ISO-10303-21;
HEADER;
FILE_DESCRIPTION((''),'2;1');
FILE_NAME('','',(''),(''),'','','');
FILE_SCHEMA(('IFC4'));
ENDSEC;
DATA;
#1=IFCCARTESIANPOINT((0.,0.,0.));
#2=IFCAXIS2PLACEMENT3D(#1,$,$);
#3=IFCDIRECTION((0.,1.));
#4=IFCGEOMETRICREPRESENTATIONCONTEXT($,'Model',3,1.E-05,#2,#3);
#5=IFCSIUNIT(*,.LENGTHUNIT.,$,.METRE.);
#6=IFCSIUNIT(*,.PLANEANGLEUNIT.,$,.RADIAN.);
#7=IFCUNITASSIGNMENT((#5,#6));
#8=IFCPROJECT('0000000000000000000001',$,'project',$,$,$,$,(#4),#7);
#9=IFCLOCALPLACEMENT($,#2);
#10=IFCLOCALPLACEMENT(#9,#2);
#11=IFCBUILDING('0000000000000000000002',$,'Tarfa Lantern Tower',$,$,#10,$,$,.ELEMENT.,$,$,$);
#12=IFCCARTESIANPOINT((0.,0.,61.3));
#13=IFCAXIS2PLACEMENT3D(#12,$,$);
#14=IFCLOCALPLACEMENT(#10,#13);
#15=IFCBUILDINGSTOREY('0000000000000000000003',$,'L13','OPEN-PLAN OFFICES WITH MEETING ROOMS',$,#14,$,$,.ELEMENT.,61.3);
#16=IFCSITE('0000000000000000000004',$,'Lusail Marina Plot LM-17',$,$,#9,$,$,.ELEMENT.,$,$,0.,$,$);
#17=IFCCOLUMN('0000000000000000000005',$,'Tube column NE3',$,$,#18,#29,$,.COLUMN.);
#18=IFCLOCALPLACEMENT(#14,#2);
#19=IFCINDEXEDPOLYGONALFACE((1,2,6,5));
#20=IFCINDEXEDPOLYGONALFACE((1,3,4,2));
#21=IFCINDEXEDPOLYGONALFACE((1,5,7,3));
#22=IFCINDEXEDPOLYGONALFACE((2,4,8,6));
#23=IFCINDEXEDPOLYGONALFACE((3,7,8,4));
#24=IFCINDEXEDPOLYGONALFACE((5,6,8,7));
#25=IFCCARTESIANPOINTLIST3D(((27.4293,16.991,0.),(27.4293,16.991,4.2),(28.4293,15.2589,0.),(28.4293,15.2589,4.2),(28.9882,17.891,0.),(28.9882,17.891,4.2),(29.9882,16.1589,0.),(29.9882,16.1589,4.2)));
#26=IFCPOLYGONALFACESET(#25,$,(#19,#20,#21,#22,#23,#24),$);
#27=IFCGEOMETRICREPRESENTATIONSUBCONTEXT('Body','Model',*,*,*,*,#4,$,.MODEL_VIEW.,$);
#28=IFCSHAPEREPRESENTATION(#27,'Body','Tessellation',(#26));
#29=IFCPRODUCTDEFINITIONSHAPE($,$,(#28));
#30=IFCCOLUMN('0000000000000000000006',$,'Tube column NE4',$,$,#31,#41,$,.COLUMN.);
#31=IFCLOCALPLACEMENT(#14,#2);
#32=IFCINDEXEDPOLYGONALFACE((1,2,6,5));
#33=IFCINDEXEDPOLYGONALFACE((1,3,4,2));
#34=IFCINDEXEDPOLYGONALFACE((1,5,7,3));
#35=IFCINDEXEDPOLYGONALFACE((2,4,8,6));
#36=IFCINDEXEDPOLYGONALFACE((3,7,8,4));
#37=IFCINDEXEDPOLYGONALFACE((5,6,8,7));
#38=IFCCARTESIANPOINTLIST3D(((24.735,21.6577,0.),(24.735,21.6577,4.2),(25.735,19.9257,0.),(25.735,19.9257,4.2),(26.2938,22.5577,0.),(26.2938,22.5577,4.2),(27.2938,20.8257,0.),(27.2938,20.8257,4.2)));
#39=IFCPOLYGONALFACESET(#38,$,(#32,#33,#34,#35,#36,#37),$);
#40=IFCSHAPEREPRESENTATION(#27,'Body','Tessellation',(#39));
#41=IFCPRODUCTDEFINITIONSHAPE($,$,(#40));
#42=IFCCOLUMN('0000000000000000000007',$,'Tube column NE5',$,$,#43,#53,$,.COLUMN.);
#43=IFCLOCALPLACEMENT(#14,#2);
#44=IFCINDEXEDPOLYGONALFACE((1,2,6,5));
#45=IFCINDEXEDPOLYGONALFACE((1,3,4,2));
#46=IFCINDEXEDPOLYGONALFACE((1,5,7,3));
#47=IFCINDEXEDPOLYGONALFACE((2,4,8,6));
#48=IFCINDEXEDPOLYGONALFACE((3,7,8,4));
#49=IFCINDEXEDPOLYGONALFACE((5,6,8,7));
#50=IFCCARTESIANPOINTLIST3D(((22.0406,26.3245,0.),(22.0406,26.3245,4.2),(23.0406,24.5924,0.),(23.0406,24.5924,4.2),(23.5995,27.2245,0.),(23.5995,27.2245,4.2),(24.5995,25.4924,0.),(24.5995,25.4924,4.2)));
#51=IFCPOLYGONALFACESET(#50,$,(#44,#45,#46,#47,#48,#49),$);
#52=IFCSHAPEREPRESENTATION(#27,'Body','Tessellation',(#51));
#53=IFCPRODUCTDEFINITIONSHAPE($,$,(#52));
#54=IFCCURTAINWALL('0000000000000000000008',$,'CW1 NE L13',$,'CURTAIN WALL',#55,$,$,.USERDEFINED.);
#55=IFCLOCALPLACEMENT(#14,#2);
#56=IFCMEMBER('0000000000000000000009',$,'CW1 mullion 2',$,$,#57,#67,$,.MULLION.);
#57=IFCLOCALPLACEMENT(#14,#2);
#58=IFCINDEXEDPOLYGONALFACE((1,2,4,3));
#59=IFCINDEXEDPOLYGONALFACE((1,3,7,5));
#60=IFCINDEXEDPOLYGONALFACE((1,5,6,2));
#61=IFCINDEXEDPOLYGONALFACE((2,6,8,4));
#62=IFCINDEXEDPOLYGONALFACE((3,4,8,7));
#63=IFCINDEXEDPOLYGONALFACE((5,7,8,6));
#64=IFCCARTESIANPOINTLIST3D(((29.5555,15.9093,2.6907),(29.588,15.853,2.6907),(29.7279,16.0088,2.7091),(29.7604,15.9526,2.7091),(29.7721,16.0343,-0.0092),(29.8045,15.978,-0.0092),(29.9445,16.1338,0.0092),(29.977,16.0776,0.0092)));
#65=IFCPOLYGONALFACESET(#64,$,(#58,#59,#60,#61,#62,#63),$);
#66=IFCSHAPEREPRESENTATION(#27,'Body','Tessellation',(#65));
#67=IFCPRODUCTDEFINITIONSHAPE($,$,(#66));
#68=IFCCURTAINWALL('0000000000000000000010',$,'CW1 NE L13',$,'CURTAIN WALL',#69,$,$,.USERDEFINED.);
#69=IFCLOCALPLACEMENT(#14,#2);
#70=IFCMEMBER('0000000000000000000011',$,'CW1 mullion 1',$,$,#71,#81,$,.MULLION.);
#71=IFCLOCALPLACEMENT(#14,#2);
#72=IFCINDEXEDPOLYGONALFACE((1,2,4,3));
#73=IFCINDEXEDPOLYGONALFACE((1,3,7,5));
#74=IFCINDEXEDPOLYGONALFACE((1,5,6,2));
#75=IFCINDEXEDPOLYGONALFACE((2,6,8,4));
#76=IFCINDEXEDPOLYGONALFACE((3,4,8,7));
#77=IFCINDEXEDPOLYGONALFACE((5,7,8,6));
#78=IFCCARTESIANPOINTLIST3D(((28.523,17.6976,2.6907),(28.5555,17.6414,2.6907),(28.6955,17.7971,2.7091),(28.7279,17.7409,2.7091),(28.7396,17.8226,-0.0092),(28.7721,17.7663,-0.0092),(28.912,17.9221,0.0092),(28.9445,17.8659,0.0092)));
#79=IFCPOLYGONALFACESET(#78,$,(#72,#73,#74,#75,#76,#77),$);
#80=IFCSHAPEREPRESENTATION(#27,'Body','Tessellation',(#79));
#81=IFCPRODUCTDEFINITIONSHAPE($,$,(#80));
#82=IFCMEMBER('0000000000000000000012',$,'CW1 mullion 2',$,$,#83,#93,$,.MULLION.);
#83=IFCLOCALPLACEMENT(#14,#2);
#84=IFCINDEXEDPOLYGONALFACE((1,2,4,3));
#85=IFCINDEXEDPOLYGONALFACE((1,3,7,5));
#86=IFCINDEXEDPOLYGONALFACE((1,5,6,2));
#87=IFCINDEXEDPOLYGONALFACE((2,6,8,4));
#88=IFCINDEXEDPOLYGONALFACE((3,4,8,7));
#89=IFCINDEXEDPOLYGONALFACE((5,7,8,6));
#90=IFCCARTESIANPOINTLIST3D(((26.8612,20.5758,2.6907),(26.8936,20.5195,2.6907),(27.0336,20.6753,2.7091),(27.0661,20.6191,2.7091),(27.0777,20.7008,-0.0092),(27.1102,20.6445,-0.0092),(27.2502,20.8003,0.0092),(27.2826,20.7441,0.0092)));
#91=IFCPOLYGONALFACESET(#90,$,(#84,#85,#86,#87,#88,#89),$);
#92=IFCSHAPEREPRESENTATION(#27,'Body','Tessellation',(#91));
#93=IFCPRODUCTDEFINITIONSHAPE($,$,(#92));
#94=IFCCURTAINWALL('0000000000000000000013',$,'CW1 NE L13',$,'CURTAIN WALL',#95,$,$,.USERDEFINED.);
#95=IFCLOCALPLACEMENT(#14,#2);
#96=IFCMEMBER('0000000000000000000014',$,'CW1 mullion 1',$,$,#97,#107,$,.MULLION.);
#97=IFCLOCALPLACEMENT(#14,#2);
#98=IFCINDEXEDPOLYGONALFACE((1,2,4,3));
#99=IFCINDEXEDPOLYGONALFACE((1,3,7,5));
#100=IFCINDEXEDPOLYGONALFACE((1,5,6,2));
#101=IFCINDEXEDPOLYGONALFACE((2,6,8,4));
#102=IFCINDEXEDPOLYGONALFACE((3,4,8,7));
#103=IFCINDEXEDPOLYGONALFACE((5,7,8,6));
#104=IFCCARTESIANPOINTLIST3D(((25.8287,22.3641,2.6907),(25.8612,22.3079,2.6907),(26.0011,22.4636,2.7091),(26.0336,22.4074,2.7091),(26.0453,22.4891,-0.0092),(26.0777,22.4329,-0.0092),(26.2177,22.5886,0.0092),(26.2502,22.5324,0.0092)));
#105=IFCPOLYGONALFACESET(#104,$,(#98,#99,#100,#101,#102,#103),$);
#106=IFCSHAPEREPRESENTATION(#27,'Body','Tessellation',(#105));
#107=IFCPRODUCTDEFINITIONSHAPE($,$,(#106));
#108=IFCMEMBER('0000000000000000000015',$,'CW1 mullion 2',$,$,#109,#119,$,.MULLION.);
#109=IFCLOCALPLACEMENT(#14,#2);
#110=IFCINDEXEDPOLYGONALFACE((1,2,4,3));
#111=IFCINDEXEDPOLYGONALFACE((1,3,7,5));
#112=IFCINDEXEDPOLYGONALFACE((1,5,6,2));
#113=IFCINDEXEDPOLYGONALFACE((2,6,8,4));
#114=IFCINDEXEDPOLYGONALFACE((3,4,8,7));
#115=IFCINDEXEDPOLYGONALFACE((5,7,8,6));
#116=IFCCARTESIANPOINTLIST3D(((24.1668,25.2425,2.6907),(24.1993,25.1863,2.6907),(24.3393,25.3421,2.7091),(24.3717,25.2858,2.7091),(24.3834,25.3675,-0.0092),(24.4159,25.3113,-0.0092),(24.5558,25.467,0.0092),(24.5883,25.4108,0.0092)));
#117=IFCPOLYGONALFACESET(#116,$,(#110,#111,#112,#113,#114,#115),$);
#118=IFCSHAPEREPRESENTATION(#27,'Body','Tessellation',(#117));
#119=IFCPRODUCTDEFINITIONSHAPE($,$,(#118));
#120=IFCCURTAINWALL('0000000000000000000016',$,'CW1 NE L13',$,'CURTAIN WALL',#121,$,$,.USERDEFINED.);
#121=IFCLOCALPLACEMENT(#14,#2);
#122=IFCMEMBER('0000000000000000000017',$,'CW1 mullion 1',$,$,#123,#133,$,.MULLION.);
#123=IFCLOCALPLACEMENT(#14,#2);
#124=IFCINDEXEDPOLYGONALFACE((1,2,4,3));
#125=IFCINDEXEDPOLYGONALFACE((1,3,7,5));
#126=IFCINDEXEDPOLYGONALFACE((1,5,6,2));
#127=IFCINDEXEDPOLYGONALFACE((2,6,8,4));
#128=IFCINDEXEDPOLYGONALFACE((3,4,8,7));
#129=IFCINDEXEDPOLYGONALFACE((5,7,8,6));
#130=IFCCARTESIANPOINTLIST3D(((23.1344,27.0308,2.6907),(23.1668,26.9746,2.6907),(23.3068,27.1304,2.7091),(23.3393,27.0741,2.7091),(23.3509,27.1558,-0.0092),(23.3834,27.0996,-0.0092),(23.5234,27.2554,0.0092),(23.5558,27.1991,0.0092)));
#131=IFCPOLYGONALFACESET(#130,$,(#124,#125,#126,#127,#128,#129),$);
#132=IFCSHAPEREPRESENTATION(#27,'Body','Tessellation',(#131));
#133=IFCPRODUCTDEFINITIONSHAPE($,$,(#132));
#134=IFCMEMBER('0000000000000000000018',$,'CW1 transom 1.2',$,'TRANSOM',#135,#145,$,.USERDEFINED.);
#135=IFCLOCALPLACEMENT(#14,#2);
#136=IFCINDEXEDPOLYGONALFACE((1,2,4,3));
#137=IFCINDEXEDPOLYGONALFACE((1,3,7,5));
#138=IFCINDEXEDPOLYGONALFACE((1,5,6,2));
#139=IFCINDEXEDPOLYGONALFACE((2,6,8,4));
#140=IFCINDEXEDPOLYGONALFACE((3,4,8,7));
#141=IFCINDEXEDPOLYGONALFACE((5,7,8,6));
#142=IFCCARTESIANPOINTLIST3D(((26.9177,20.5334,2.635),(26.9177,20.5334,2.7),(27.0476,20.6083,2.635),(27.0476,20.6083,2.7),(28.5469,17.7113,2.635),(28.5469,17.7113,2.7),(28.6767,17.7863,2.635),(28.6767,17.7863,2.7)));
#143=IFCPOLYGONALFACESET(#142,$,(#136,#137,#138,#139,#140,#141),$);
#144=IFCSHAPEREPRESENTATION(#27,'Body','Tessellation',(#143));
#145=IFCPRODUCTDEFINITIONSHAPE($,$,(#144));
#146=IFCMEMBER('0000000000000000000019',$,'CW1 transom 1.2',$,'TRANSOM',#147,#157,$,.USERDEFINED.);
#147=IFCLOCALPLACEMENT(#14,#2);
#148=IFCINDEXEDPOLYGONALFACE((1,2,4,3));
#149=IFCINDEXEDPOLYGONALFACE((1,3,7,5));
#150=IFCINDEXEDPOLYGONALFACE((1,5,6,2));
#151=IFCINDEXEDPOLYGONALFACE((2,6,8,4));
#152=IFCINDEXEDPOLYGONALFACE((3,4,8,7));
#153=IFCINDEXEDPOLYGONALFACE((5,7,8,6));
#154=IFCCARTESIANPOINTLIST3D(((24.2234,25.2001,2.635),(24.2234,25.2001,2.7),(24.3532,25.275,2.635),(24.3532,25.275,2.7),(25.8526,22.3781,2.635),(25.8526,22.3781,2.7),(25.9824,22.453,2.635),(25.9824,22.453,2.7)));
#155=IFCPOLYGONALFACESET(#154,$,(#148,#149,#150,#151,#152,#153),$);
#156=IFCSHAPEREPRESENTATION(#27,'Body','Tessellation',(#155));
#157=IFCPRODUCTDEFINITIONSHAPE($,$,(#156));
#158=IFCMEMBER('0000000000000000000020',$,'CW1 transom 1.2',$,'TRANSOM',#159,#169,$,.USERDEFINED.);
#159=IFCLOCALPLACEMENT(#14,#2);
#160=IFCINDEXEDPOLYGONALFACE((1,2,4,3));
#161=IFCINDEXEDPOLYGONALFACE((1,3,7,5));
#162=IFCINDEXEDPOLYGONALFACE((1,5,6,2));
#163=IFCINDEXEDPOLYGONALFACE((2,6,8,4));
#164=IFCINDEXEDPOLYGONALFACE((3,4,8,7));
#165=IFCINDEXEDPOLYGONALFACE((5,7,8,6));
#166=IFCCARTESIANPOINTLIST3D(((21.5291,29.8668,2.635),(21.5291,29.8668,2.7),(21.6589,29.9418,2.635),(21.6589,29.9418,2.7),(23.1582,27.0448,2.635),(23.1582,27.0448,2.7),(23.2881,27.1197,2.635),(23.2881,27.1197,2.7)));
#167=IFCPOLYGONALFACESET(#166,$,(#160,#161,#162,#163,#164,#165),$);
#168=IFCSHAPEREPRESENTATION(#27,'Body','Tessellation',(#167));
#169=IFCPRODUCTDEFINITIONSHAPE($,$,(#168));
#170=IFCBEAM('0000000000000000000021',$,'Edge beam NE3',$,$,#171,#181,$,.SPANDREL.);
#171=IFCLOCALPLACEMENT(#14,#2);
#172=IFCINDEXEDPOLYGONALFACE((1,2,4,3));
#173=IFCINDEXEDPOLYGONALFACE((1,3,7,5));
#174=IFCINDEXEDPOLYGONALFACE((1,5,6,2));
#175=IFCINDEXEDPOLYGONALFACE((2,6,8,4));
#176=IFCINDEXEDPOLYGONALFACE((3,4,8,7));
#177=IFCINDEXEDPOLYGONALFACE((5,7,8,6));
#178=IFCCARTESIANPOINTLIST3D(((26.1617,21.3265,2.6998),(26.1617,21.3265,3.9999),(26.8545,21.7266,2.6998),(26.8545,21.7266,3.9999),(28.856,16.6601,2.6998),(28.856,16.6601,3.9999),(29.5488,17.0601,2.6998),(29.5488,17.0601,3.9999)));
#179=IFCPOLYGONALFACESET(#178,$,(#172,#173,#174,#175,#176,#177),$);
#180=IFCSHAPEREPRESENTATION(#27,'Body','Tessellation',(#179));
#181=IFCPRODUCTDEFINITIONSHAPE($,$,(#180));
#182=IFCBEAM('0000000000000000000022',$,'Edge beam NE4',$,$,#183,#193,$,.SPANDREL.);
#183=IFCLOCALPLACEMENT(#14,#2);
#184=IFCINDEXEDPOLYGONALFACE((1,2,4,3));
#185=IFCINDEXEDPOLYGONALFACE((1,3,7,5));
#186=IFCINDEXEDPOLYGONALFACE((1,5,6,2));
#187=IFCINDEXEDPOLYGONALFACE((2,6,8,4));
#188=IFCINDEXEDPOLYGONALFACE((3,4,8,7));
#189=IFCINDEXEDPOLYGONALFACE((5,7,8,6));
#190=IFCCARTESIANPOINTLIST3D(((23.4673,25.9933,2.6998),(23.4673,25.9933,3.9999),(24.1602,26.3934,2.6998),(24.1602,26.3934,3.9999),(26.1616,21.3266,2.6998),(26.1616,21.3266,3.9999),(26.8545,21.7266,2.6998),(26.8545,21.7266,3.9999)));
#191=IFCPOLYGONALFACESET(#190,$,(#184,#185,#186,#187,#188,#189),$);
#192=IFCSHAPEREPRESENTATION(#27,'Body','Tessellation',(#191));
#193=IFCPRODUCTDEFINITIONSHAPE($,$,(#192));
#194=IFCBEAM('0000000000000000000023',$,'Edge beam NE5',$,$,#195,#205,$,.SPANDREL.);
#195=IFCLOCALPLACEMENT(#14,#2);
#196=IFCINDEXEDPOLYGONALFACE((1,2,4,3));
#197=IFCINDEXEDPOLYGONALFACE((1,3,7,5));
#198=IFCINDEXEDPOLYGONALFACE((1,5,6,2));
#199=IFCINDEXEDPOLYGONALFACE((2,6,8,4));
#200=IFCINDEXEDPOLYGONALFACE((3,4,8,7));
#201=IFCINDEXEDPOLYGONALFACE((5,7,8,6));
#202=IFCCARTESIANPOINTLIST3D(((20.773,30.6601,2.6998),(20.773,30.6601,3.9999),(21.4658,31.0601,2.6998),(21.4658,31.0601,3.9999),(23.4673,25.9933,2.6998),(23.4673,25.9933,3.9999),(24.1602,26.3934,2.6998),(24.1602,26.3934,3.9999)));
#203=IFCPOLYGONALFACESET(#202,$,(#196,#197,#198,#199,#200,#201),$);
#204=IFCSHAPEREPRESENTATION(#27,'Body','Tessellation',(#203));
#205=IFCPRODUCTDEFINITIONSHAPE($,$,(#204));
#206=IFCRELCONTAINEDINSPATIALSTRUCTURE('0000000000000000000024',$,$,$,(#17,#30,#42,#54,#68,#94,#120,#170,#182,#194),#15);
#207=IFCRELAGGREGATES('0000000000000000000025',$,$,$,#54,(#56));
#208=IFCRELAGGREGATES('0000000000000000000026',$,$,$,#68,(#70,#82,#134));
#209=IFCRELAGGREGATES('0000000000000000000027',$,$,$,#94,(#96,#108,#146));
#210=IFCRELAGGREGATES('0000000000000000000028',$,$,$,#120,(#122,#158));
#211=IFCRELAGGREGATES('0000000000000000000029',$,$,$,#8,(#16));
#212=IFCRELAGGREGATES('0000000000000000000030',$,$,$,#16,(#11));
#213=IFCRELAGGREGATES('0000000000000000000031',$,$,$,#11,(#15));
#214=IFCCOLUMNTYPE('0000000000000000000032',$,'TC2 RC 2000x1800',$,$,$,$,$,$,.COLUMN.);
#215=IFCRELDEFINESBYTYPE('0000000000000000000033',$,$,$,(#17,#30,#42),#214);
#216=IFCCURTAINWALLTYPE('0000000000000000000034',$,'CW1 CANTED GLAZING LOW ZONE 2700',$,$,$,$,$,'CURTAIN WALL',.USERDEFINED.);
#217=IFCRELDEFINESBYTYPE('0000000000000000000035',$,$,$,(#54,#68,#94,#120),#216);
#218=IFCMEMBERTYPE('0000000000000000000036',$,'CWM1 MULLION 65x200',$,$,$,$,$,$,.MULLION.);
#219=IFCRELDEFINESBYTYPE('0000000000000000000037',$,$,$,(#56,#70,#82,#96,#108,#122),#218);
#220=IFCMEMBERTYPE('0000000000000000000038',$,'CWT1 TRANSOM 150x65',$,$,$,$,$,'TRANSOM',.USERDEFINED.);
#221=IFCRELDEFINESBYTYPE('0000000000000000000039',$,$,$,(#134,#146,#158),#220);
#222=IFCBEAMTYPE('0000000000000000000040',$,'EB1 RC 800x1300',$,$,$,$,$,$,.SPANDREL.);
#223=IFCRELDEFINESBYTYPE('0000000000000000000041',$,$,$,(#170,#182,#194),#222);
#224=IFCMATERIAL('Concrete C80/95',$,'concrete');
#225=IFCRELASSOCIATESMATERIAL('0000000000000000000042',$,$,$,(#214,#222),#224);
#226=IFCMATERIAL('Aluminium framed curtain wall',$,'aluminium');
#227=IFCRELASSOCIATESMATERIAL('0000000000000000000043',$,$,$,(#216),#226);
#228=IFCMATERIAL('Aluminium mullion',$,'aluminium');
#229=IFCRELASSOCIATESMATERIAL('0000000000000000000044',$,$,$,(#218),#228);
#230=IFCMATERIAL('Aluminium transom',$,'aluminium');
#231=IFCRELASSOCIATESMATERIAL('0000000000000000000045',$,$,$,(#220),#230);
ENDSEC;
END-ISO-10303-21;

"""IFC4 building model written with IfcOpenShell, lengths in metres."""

from ifc_helpers import new_model, si_unit, direction, frame, origin, origin_2d, place, context, subcontext, project, spatial, rectangle, extrude, material, material_profile, profile_set, type_object, element, aggregate, save


model = new_model("IFC4")

# Units and contexts
model_context = context("Model", 3, precision=1e-05, world=origin(), true_north=direction((0.0, 1.0)))
body_context = subcontext(model_context, "Body", "Model", "MODEL_VIEW")
ifc_project = project(units=[si_unit("LENGTHUNIT", "METRE"), si_unit("PLANEANGLEUNIT", "RADIAN")], contexts=[model_context])

# Site, building, storey
site_placement = place(None, origin())
site = spatial("IfcSite", under=ifc_project, at=site_placement, Name="Lusail Marina Plot LM-17", CompositionType="ELEMENT", RefElevation=0.0)
building_placement = place(site_placement, origin())
building = spatial("IfcBuilding", under=site, at=building_placement, Name="Tarfa Lantern Tower", CompositionType="ELEMENT")
storey_placement = place(building_placement, frame((0.0, 0.0, 61.3)))
storey = spatial("IfcBuildingStorey", under=building, at=storey_placement, Name="L13", Description="OPEN-PLAN OFFICES WITH MEETING ROOMS", CompositionType="ELEMENT", Elevation=61.3)

# Columns
ifc_material_1 = material(Name="Concrete C80/95", Category="concrete")
ifc_material_profile_1 = material_profile(ifc_material_1, rectangle(XDim=2.0, YDim=1.8, at=origin_2d()), Name="RC 2000x1800")
ifc_profile_set_1 = profile_set([ifc_material_profile_1], Name="Concrete C80/95")
column_type = type_object("IfcColumnType", Name="TC2 RC 2000x1800", PredefinedType="COLUMN", material=ifc_profile_set_1)
for number, where, z_axis, x_axis, name in (
    (1, (28.7087, 16.575, 0.0), (0.0, 0.0, 1.0), (-0.5, 0.866025, 0.0), "Tube column NE3"),
    (2, (26.0144, 21.2417, 0.0), (0.0, 0.0, 1.0), (-0.5, 0.866025, 0.0), "Tube column NE4"),
    (3, (23.3201, 25.9084, 0.0), (0.0, 0.0, 1.0), (-0.5, 0.866025, 0.0), "Tube column NE5"),
):
    element("IfcColumn", number, at=place(storey_placement, frame(where, z_axis=z_axis, x_axis=x_axis)), inside=storey, type_object=column_type, Name=name, PredefinedType="COLUMN", context=body_context, shape_type="SweptSolid", body=[
        extrude(rectangle(XDim=2.0, YDim=1.8, at=origin_2d()), origin(), (0.0, 0.0, 1.0), 4.2),
    ])

# Curtain wall, member
ifc_material_2 = material(Name="Aluminium framed curtain wall", Category="aluminium")
curtain_wall_type = type_object("IfcCurtainWallType", Name="CW1 CANTED GLAZING LOW ZONE 2700", ElementType="CURTAIN WALL", PredefinedType="USERDEFINED", material=ifc_material_2)
curtain_wall_1_placement = place(storey_placement, origin())
curtain_wall_1 = element("IfcCurtainWall", 4, at=curtain_wall_1_placement, inside=storey, type_object=curtain_wall_type, Name="CW1 NE L13", ObjectType="CURTAIN WALL", PredefinedType="USERDEFINED")
ifc_material_3 = material(Name="Aluminium mullion", Category="aluminium")
ifc_material_profile_2 = material_profile(ifc_material_3, rectangle(XDim=0.0649, YDim=0.2, at=origin_2d()), Name="AL MULLION 65x200")
ifc_profile_set_2 = profile_set([ifc_material_profile_2], Name="Aluminium mullion")
member_type_1 = type_object("IfcMemberType", Name="CWM1 MULLION 65x200", PredefinedType="MULLION", material=ifc_profile_set_2)
member_1_placement = place(storey_placement, frame((29.8745, 16.0559, 0.0), z_axis=(-0.079864, -0.0461, 0.995739), x_axis=(0.49992, -0.866072, 0.0)))
member_1 = element("IfcMember", 5, at=member_1_placement, type_object=member_type_1, Name="CW1 mullion 2", PredefinedType="MULLION", context=body_context, shape_type="SweptSolid", body=[
    extrude(rectangle(XDim=0.0649, YDim=0.2, at=origin_2d()), origin(), (0.0, 0.0, 1.0), 2.7114),
])
aggregate(curtain_wall_1, [member_1])

# Curtain walls, members
curtain_wall_2_placement = place(storey_placement, origin())
curtain_wall_2 = element("IfcCurtainWall", 6, at=curtain_wall_2_placement, inside=storey, type_object=curtain_wall_type, Name="CW1 NE L13", ObjectType="CURTAIN WALL", PredefinedType="USERDEFINED")
member_2_placement = place(storey_placement, frame((28.842, 17.8442, 0.0), z_axis=(-0.079864, -0.0461, 0.995739), x_axis=(0.49992, -0.866072, 0.0)))
member_2 = element("IfcMember", 7, at=member_2_placement, type_object=member_type_1, Name="CW1 mullion 1", PredefinedType="MULLION", context=body_context, shape_type="SweptSolid", body=[
    extrude(rectangle(XDim=0.0649, YDim=0.2, at=origin_2d()), origin(), (0.0, 0.0, 1.0), 2.7114),
])
member_3_placement = place(storey_placement, frame((27.1802, 20.7224, 0.0), z_axis=(-0.079864, -0.0461, 0.995739), x_axis=(0.49992, -0.866072, 0.0)))
member_3 = element("IfcMember", 8, at=member_3_placement, type_object=member_type_1, Name="CW1 mullion 2", PredefinedType="MULLION", context=body_context, shape_type="SweptSolid", body=[
    extrude(rectangle(XDim=0.0649, YDim=0.2, at=origin_2d()), origin(), (0.0, 0.0, 1.0), 2.7114),
])
curtain_wall_3_placement = place(storey_placement, origin())
curtain_wall_3 = element("IfcCurtainWall", 9, at=curtain_wall_3_placement, inside=storey, type_object=curtain_wall_type, Name="CW1 NE L13", ObjectType="CURTAIN WALL", PredefinedType="USERDEFINED")
member_4_placement = place(storey_placement, frame((26.1477, 22.5107, 0.0), z_axis=(-0.079864, -0.0461, 0.995739), x_axis=(0.49992, -0.866072, 0.0)))
member_4 = element("IfcMember", 10, at=member_4_placement, type_object=member_type_1, Name="CW1 mullion 1", PredefinedType="MULLION", context=body_context, shape_type="SweptSolid", body=[
    extrude(rectangle(XDim=0.0649, YDim=0.2, at=origin_2d()), origin(), (0.0, 0.0, 1.0), 2.7114),
])
member_5_placement = place(storey_placement, frame((24.4858, 25.3892, 0.0), z_axis=(-0.079864, -0.0461, 0.995739), x_axis=(0.49992, -0.866072, 0.0)))
member_5 = element("IfcMember", 11, at=member_5_placement, type_object=member_type_1, Name="CW1 mullion 2", PredefinedType="MULLION", context=body_context, shape_type="SweptSolid", body=[
    extrude(rectangle(XDim=0.0649, YDim=0.2, at=origin_2d()), origin(), (0.0, 0.0, 1.0), 2.7114),
])

# Curtain wall, member
curtain_wall_4_placement = place(storey_placement, origin())
curtain_wall_4 = element("IfcCurtainWall", 12, at=curtain_wall_4_placement, inside=storey, type_object=curtain_wall_type, Name="CW1 NE L13", ObjectType="CURTAIN WALL", PredefinedType="USERDEFINED")
member_6_placement = place(storey_placement, frame((23.4534, 27.1775, 0.0), z_axis=(-0.079864, -0.0461, 0.995739), x_axis=(0.49992, -0.866072, 0.0)))
member_6 = element("IfcMember", 13, at=member_6_placement, type_object=member_type_1, Name="CW1 mullion 1", PredefinedType="MULLION", context=body_context, shape_type="SweptSolid", body=[
    extrude(rectangle(XDim=0.0649, YDim=0.2, at=origin_2d()), origin(), (0.0, 0.0, 1.0), 2.7114),
])

# Members
ifc_material_4 = material(Name="Aluminium transom", Category="aluminium")
ifc_material_profile_3 = material_profile(ifc_material_4, rectangle(XDim=0.1499, YDim=0.0649, at=origin_2d()), Name="AL TRANSOM 150x65")
ifc_profile_set_3 = profile_set([ifc_material_profile_3], Name="Aluminium transom")
member_type_2 = type_object("IfcMemberType", Name="CWT1 TRANSOM 150x65", ElementType="TRANSOM", PredefinedType="USERDEFINED", material=ifc_profile_set_3)
member_7_placement = place(storey_placement, frame((28.6118, 17.7488, 2.6675), z_axis=(-0.499967, 0.866045, 0.0), x_axis=(-0.866045, -0.499967, 0.0)))
member_7 = element("IfcMember", 14, at=member_7_placement, type_object=member_type_2, Name="CW1 transom 1.2", ObjectType="TRANSOM", PredefinedType="USERDEFINED", context=body_context, shape_type="SweptSolid", body=[
    extrude(rectangle(XDim=0.1499, YDim=0.0649, at=origin_2d()), origin(), (0.0, 0.0, 1.0), 3.2585),
])
member_8_placement = place(storey_placement, frame((25.9175, 22.4155, 2.6675), z_axis=(-0.499967, 0.866045, 0.0), x_axis=(-0.866045, -0.499967, 0.0)))
member_8 = element("IfcMember", 15, at=member_8_placement, type_object=member_type_2, Name="CW1 transom 1.2", ObjectType="TRANSOM", PredefinedType="USERDEFINED", context=body_context, shape_type="SweptSolid", body=[
    extrude(rectangle(XDim=0.1499, YDim=0.0649, at=origin_2d()), origin(), (0.0, 0.0, 1.0), 3.2585),
])
member_9_placement = place(storey_placement, frame((23.2231, 27.0823, 2.6675), z_axis=(-0.499967, 0.866045, 0.0), x_axis=(-0.866045, -0.499967, 0.0)))
member_9 = element("IfcMember", 16, at=member_9_placement, type_object=member_type_2, Name="CW1 transom 1.2", ObjectType="TRANSOM", PredefinedType="USERDEFINED", context=body_context, shape_type="SweptSolid", body=[
    extrude(rectangle(XDim=0.1499, YDim=0.0649, at=origin_2d()), origin(), (0.0, 0.0, 1.0), 3.2585),
])

# Beams
ifc_material_profile_4 = material_profile(ifc_material_1, rectangle(XDim=0.8, YDim=1.3, at=origin_2d()), Name="RC 800x1300")
ifc_profile_set_4 = profile_set([ifc_material_profile_4], Name="Concrete C80/95")
beam_type_1 = type_object("IfcBeamType", Name="EB1 RC 800x1300", PredefinedType="SPANDREL", material=ifc_profile_set_4)
beam_1_placement = place(storey_placement, frame((29.2024, 16.8601, 3.3499), z_axis=(-0.500018, 0.866015, 0.0), x_axis=(-0.866015, -0.500018, 0.0)))
element("IfcBeam", 17, at=beam_1_placement, inside=storey, type_object=beam_type_1, Name="Edge beam NE3", PredefinedType="SPANDREL", context=body_context, shape_type="SweptSolid", body=[
    extrude(rectangle(XDim=0.8, YDim=1.3, at=origin_2d()), origin(), (0.0, 0.0, 1.0), 5.3884),
])
for number, where, z_axis, x_axis, name in (
    (18, (26.5081, 21.5266, 3.3499), (-0.499998, 0.866026, 0.0), (-0.866026, -0.499998, 0.0), "Edge beam NE4"),
    (19, (23.8137, 26.1934, 3.3499), (-0.499998, 0.866026, 0.0), (-0.866026, -0.499998, 0.0), "Edge beam NE5"),
):
    element("IfcBeam", number, at=place(storey_placement, frame(where, z_axis=z_axis, x_axis=x_axis)), inside=storey, type_object=beam_type_1, Name=name, PredefinedType="SPANDREL", context=body_context, shape_type="SweptSolid", body=[
        extrude(rectangle(XDim=0.8, YDim=1.3, at=origin_2d()), origin(), (0.0, 0.0, 1.0), 5.3887),
    ])

aggregate(curtain_wall_2, [member_2, member_3, member_7])
aggregate(curtain_wall_3, [member_4, member_5, member_8])
aggregate(curtain_wall_4, [member_6, member_9])

save(model, "model.ifc")
